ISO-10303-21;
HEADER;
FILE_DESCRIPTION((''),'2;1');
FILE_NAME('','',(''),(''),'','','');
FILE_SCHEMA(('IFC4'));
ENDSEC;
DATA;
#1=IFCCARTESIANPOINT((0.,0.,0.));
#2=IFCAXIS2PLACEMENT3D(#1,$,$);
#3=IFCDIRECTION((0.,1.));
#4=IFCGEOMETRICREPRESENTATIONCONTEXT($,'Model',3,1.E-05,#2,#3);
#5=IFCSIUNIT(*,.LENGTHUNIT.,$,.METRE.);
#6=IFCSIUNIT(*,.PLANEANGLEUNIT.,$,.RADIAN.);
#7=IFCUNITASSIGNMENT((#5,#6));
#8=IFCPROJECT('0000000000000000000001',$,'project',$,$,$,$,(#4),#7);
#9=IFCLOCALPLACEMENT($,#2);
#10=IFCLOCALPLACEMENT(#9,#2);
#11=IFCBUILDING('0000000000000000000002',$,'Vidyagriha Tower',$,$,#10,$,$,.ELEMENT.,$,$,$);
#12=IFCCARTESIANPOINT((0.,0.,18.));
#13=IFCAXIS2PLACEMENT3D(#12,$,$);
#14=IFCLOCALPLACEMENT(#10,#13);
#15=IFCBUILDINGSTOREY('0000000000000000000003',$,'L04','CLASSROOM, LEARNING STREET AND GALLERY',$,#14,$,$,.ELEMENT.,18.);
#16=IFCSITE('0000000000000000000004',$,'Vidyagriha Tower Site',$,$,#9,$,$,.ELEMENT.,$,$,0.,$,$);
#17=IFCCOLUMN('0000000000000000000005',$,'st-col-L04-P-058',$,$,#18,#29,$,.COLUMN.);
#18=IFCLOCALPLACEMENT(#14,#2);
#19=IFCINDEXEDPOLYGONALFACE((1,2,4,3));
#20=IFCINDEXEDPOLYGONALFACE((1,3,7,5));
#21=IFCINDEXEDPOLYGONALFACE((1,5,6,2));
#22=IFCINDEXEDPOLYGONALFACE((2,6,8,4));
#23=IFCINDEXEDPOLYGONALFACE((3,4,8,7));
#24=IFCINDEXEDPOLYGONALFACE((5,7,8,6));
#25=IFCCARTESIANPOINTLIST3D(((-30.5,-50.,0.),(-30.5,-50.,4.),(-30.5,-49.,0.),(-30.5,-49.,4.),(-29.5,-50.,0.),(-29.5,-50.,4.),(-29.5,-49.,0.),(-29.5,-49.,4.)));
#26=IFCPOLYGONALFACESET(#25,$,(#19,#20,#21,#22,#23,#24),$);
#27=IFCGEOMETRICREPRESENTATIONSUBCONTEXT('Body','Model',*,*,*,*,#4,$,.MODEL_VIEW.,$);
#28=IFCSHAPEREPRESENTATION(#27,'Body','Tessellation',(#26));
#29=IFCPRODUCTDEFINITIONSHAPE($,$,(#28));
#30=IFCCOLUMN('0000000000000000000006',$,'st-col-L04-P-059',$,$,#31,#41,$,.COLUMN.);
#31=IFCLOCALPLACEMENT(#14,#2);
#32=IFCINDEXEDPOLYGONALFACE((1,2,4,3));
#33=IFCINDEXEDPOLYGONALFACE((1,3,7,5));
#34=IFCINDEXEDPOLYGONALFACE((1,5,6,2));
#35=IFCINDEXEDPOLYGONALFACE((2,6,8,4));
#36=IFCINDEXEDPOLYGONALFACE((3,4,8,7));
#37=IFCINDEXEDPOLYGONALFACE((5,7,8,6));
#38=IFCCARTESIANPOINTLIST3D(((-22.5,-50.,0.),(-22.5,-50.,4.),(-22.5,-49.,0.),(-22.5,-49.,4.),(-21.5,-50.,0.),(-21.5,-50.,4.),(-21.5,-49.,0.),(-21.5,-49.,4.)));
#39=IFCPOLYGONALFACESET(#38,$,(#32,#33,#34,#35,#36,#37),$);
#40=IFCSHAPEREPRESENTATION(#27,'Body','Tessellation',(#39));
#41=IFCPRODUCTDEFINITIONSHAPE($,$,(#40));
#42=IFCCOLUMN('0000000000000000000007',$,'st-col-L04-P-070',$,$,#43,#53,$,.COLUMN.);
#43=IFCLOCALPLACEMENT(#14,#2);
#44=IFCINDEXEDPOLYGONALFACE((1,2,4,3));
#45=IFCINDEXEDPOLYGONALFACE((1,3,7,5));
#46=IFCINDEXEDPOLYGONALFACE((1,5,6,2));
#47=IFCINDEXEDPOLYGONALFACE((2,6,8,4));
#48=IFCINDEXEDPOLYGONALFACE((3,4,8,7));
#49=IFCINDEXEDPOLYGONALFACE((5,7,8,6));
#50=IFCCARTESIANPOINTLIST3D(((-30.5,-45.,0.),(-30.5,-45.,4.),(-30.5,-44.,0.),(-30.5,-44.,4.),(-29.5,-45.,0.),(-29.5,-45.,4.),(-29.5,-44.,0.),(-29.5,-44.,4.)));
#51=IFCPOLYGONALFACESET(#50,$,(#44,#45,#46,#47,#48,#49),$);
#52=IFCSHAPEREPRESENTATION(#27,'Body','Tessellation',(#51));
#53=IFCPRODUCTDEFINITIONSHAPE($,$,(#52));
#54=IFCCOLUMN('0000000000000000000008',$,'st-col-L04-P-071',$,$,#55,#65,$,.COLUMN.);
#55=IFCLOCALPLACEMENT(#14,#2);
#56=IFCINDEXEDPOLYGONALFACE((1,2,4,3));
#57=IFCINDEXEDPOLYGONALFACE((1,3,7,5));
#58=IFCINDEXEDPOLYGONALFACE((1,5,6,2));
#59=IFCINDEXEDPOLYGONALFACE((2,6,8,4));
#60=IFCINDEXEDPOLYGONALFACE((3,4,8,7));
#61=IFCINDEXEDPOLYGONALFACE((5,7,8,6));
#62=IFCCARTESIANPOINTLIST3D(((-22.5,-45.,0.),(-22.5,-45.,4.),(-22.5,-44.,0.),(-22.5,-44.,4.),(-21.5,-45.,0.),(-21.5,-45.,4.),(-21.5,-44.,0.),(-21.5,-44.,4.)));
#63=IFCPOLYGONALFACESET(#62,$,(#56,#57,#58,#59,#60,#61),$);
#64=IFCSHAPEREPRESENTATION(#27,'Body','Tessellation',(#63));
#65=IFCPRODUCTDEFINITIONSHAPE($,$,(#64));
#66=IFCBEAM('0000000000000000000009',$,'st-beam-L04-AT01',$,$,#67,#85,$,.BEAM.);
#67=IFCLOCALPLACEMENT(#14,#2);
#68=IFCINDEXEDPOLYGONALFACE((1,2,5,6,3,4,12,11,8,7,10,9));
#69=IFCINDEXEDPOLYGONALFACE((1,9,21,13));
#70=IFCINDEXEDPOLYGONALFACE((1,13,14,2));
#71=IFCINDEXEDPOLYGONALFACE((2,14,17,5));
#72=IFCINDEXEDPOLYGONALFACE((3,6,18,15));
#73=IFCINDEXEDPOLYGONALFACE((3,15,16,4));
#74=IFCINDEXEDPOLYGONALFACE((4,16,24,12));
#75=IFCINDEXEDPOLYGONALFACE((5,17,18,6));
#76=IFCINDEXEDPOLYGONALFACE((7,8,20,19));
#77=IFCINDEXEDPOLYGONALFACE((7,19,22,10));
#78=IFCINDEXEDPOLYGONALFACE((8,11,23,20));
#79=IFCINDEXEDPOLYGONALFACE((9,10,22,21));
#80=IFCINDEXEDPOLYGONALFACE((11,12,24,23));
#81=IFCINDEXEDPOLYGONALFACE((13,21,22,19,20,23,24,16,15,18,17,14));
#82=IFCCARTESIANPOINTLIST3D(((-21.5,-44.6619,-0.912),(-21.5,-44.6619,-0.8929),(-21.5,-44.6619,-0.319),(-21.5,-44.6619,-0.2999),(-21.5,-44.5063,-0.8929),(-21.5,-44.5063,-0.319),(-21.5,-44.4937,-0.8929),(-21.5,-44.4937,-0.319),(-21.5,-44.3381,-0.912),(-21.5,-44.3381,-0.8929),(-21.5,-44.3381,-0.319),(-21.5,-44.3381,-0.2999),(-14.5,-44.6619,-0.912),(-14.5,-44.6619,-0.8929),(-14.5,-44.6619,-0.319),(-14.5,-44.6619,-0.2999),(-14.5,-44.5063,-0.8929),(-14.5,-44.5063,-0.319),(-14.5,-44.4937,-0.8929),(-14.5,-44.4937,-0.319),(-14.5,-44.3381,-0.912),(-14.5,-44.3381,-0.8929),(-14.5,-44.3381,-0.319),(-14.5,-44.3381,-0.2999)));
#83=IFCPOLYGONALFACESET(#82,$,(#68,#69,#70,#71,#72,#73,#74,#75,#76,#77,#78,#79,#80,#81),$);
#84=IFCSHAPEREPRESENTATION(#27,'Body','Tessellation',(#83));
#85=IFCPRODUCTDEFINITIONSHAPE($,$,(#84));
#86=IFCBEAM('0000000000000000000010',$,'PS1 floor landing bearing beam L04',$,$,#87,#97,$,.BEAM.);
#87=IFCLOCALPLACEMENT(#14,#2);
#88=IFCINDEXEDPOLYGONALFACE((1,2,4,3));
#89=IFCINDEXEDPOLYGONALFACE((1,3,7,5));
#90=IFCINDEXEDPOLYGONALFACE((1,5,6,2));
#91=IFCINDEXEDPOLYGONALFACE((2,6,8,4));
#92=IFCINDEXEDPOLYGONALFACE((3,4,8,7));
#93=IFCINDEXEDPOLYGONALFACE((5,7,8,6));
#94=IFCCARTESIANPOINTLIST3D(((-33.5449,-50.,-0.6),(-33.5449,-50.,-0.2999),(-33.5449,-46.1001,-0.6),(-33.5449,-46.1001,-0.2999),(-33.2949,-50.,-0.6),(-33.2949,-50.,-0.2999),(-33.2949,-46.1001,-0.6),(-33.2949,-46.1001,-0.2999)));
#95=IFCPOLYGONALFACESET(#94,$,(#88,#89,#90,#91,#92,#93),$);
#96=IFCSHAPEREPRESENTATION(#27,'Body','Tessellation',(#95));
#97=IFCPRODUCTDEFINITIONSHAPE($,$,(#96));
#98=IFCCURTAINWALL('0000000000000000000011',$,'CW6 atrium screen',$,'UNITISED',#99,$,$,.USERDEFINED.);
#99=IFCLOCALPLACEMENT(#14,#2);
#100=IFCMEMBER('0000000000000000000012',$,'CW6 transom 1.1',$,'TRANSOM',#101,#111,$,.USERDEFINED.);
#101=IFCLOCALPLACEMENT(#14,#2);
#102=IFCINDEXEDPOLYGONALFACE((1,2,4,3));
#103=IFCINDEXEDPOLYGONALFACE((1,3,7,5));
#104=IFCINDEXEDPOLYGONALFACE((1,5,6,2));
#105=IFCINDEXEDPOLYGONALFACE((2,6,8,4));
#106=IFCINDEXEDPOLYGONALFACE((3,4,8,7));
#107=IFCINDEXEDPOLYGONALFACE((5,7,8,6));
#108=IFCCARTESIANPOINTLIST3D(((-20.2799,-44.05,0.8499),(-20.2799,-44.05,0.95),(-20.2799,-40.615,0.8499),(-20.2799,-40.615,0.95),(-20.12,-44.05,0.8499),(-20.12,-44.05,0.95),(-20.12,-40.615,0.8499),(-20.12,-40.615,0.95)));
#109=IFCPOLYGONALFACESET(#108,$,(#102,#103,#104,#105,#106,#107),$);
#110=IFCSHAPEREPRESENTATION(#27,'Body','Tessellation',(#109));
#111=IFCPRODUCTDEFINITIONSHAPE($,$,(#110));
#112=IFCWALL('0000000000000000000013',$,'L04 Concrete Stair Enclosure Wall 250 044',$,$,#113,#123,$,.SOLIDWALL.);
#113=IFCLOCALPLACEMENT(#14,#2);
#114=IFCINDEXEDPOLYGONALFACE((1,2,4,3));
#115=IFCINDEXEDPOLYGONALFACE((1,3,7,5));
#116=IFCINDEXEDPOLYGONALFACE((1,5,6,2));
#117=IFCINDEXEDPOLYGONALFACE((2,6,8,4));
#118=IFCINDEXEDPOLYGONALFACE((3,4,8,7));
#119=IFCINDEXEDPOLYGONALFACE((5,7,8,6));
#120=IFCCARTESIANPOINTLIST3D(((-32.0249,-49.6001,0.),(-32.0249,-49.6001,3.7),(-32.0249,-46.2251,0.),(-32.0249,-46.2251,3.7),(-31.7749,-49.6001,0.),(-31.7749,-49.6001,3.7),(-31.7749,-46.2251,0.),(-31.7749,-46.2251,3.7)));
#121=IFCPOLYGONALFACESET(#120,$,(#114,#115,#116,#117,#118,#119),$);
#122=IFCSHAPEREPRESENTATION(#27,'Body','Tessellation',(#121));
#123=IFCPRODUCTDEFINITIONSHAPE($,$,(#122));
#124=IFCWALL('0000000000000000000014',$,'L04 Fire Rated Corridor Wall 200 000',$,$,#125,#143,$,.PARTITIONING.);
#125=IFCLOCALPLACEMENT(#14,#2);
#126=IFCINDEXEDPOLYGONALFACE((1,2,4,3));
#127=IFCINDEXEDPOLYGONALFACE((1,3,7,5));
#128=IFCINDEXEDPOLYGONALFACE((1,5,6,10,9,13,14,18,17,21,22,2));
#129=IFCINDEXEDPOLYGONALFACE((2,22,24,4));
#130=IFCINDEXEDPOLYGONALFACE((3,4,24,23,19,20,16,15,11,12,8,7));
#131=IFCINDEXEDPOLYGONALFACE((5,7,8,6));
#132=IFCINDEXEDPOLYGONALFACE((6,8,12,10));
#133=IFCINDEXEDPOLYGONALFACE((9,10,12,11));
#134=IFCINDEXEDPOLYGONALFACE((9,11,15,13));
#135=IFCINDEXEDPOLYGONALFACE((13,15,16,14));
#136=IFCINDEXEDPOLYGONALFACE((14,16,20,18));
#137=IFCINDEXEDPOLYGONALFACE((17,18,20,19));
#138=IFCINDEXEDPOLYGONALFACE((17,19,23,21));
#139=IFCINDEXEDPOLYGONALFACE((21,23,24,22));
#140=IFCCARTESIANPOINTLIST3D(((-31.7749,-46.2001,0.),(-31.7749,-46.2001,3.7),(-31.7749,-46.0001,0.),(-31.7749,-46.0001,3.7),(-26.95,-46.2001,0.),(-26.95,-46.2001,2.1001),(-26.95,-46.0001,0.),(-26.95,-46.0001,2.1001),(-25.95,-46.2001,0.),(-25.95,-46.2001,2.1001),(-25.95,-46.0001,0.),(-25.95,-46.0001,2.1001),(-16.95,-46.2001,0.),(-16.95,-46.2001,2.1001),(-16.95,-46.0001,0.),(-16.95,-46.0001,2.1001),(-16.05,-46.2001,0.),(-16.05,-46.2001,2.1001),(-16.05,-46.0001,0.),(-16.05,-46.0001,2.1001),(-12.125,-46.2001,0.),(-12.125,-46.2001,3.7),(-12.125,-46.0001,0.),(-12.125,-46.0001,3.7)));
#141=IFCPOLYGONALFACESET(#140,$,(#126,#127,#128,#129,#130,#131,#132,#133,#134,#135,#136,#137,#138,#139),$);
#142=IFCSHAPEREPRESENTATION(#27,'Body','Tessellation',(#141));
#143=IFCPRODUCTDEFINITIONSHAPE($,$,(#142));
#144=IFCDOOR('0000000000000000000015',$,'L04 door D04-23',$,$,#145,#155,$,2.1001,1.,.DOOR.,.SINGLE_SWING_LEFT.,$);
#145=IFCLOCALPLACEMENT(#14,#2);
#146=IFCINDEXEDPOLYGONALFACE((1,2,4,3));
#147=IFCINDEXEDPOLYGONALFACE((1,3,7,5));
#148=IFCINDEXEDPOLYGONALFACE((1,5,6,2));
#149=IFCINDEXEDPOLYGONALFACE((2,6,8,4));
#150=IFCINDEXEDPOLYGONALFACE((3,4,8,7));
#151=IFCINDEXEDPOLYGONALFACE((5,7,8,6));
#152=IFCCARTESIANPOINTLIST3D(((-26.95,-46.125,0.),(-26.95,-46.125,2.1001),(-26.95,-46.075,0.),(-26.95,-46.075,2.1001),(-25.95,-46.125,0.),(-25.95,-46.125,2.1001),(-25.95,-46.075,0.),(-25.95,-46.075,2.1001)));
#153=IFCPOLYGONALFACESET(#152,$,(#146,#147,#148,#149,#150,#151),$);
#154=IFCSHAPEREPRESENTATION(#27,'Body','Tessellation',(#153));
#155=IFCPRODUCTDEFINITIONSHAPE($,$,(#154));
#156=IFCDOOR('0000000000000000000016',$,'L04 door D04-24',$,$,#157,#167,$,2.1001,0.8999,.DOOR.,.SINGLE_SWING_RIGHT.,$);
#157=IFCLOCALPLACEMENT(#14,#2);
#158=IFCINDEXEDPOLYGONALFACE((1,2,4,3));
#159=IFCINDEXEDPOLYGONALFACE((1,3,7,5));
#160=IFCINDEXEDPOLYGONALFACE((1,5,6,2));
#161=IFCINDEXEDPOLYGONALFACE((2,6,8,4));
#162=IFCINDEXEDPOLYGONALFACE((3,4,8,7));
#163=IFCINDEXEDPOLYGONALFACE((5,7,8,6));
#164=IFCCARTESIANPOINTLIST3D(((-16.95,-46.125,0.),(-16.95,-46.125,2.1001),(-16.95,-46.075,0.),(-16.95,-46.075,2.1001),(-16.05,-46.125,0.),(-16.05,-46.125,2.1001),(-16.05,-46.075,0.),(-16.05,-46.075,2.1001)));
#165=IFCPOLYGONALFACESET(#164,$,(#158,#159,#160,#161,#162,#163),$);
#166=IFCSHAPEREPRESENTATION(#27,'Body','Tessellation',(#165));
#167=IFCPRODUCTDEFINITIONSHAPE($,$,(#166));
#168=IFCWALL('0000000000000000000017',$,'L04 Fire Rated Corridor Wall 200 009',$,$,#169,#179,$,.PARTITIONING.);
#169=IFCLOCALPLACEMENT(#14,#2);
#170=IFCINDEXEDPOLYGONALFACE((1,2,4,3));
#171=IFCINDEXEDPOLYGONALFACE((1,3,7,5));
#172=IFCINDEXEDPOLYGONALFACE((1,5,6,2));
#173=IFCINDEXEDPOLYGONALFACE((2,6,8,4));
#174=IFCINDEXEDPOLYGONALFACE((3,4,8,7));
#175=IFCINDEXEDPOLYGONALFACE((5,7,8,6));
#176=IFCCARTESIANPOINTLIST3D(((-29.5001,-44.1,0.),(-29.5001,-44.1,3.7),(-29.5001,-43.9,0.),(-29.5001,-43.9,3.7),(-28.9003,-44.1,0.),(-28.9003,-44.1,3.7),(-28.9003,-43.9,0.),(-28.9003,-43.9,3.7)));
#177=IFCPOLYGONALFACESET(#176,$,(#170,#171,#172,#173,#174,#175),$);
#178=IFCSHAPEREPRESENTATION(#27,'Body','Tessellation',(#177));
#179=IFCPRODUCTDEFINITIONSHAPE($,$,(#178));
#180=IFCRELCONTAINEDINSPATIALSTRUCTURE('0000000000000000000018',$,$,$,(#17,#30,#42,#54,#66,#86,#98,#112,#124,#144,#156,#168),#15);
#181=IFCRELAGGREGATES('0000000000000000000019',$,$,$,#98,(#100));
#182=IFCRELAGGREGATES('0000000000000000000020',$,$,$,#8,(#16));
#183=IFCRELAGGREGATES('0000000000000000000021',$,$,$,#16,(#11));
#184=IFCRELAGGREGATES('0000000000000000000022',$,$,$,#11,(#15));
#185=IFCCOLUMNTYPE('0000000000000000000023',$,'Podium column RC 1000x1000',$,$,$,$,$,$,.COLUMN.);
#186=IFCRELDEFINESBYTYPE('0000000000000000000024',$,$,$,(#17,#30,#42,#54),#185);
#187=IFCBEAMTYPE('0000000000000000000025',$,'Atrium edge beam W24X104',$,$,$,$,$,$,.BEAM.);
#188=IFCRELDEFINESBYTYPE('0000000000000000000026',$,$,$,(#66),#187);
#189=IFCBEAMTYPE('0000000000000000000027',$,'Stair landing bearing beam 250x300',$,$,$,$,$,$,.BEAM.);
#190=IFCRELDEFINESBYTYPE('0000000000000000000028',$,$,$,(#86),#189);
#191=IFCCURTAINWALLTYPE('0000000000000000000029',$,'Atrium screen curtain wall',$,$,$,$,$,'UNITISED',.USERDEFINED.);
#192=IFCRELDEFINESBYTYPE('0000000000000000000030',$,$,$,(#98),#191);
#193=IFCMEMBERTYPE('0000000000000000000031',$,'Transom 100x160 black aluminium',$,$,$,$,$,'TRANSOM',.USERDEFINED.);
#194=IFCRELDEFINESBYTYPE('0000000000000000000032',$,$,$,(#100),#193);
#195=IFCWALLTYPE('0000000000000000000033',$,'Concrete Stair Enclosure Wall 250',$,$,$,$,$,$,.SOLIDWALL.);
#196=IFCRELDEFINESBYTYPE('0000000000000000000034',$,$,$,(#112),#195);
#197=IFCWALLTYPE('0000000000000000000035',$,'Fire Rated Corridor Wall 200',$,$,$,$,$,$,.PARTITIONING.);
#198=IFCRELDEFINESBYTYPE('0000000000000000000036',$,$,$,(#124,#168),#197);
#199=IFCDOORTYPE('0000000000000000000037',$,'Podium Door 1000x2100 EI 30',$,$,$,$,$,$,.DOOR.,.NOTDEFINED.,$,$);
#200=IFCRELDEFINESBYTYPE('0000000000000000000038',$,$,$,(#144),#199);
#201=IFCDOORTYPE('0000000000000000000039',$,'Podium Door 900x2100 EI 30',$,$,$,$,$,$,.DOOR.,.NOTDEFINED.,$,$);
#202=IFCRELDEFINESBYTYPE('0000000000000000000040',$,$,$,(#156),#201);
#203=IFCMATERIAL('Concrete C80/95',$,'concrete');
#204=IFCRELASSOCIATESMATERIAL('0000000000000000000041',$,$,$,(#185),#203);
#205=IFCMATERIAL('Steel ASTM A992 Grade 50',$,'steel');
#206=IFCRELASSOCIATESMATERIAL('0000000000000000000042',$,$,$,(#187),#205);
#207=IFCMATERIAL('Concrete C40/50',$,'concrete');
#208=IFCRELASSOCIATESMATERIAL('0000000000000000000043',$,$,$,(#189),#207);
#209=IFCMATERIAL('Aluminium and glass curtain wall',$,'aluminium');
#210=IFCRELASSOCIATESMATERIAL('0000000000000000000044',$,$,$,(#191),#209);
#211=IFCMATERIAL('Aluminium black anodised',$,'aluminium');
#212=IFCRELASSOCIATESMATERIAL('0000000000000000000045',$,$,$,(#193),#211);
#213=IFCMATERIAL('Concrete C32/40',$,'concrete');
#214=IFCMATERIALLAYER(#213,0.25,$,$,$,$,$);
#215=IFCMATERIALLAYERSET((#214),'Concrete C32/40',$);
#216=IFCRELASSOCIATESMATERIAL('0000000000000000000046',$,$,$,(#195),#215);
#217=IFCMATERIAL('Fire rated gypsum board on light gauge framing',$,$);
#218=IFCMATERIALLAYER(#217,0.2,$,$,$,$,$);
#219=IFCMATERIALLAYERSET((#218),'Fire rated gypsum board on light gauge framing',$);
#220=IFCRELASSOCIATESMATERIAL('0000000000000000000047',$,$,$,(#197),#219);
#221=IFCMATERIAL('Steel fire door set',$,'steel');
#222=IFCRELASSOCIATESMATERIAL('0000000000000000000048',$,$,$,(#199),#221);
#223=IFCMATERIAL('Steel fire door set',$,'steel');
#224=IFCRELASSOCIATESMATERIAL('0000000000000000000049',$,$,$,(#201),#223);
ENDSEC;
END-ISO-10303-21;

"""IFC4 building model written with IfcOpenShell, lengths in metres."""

from ifc_helpers import new_model, si_unit, direction, frame, frame_2d, origin, origin_2d, place, context, subcontext, project, spatial, rectangle, i_section, extrude, material, layer, layer_set, material_profile, profile_set, type_object, element, fill, aggregate, save


model = new_model("IFC4")

# Units and contexts
model_context = context("Model", 3, precision=1e-05, world=origin(), true_north=direction((0.0, 1.0)))
body_context = subcontext(model_context, "Body", "Model", "MODEL_VIEW")
ifc_project = project(units=[si_unit("LENGTHUNIT", "METRE"), si_unit("PLANEANGLEUNIT", "RADIAN")], contexts=[model_context])

# Site, building, storey
site_placement = place(None, origin())
site = spatial("IfcSite", under=ifc_project, at=site_placement, Name="Vidyagriha Tower Site", CompositionType="ELEMENT", RefElevation=0.0)
building_placement = place(site_placement, origin())
building = spatial("IfcBuilding", under=site, at=building_placement, Name="Vidyagriha Tower", CompositionType="ELEMENT")
storey_placement = place(building_placement, frame((0.0, 0.0, 18.0)))
storey = spatial("IfcBuildingStorey", under=building, at=storey_placement, Name="L04", Description="CLASSROOM, LEARNING STREET AND GALLERY", CompositionType="ELEMENT", Elevation=18.0)

# Columns
ifc_material_1 = material(Name="Concrete C80/95", Category="concrete")
ifc_material_profile_1 = material_profile(ifc_material_1, rectangle(XDim=1.0, YDim=1.0, at=origin_2d()), Name="RC 1000x1000")
ifc_profile_set_1 = profile_set([ifc_material_profile_1], Name="Concrete C80/95")
column_type = type_object("IfcColumnType", Name="Podium column RC 1000x1000", PredefinedType="COLUMN", material=ifc_profile_set_1)
for number, where, name in (
    (1, (-30.0, -49.5, 0.0), "st-col-L04-P-058"),
    (2, (-22.0, -49.5, 0.0), "st-col-L04-P-059"),
    (3, (-30.0, -44.5, 0.0), "st-col-L04-P-070"),
    (4, (-22.0, -44.5, 0.0), "st-col-L04-P-071"),
):
    element("IfcColumn", number, at=place(storey_placement, frame(where)), inside=storey, type_object=column_type, Name=name, PredefinedType="COLUMN", context=body_context, shape_type="SweptSolid", body=[
        extrude(rectangle(XDim=1.0, YDim=1.0, at=origin_2d()), origin(), (0.0, 0.0, 1.0), 4.0),
    ])

# Beams
ifc_material_2 = material(Name="Steel ASTM A992 Grade 50", Category="steel")
ifc_material_profile_2 = material_profile(ifc_material_2, i_section(OverallWidth=0.3237, OverallDepth=0.6121, WebThickness=0.0127, FlangeThickness=0.019, at=origin_2d()), Name="W24X104")
ifc_profile_set_2 = profile_set([ifc_material_profile_2], Name="Steel ASTM A992 Grade 50")
beam_type_1 = type_object("IfcBeamType", Name="Atrium edge beam W24X104", PredefinedType="BEAM", material=ifc_profile_set_2)
beam_1_placement = place(storey_placement, frame((-21.5, -44.5, -0.606), z_axis=(1.0, 0.0, 0.0), x_axis=(0.0, 1.0, 0.0)))
element("IfcBeam", 5, at=beam_1_placement, inside=storey, type_object=beam_type_1, Name="st-beam-L04-AT01", PredefinedType="BEAM", context=body_context, shape_type="SweptSolid", body=[
    extrude(i_section(OverallWidth=0.3237, OverallDepth=0.6121, WebThickness=0.0127, FlangeThickness=0.019, at=origin_2d()), origin(), (0.0, 0.0, 1.0), 7.0),
])
ifc_material_3 = material(Name="Concrete C40/50", Category="concrete")
ifc_material_profile_3 = material_profile(ifc_material_3, rectangle(XDim=0.25, YDim=0.3, at=origin_2d()), Name="Stair landing bearing beam 250x300")
ifc_profile_set_3 = profile_set([ifc_material_profile_3], Name="Concrete C40/50")
beam_type_2 = type_object("IfcBeamType", Name="Stair landing bearing beam 250x300", PredefinedType="BEAM", material=ifc_profile_set_3)
beam_2_placement = place(storey_placement, frame((-33.4199, -50.0, -0.45), z_axis=(0.0, 1.0, 0.0), x_axis=(-1.0, 0.0, 0.0)))
element("IfcBeam", 6, at=beam_2_placement, inside=storey, type_object=beam_type_2, Name="PS1 floor landing bearing beam L04", PredefinedType="BEAM", context=body_context, shape_type="SweptSolid", body=[
    extrude(rectangle(XDim=0.25, YDim=0.3, at=origin_2d()), origin(), (0.0, 0.0, 1.0), 3.8999),
])

# Curtain wall, member
ifc_material_4 = material(Name="Aluminium and glass curtain wall", Category="aluminium")
curtain_wall_type = type_object("IfcCurtainWallType", Name="Atrium screen curtain wall", ElementType="UNITISED", PredefinedType="USERDEFINED", material=ifc_material_4)
curtain_wall_placement = place(storey_placement, origin())
curtain_wall = element("IfcCurtainWall", 7, at=curtain_wall_placement, inside=storey, type_object=curtain_wall_type, Name="CW6 atrium screen", ObjectType="UNITISED", PredefinedType="USERDEFINED")
ifc_material_5 = material(Name="Aluminium black anodised", Category="aluminium")
ifc_material_profile_4 = material_profile(ifc_material_5, rectangle(XDim=0.1599, YDim=0.1001, at=origin_2d()), Name="Transom 100x160 black aluminium")
ifc_profile_set_4 = profile_set([ifc_material_profile_4], Name="Aluminium black anodised")
member_type = type_object("IfcMemberType", Name="Transom 100x160 black aluminium", ElementType="TRANSOM", PredefinedType="USERDEFINED", material=ifc_profile_set_4)
member_placement = place(storey_placement, frame((-20.2, -44.05, 0.8999), z_axis=(0.0, 1.0, 0.0), x_axis=(-1.0, 0.0, 0.0)))
member = element("IfcMember", 8, at=member_placement, type_object=member_type, Name="CW6 transom 1.1", ObjectType="TRANSOM", PredefinedType="USERDEFINED", context=body_context, shape_type="SweptSolid", body=[
    extrude(rectangle(XDim=0.1599, YDim=0.1001, at=origin_2d()), origin(), (0.0, 0.0, 1.0), 3.4351),
])
aggregate(curtain_wall, [member])

# Wall
ifc_material_6 = material(Name="Concrete C32/40", Category="concrete")
ifc_layer_1 = layer(ifc_material_6, 0.25)
ifc_layer_set_1 = layer_set([ifc_layer_1], Name="Concrete C32/40")
wall_type_1 = type_object("IfcWallType", Name="Concrete Stair Enclosure Wall 250", PredefinedType="SOLIDWALL", material=ifc_layer_set_1)
wall_1_placement = place(storey_placement, frame((-31.8999, -49.6001, 0.0), z_axis=(0.0, 0.0, 1.0), x_axis=(0.0, 1.0, 0.0)))
element("IfcWall", 9, at=wall_1_placement, inside=storey, type_object=wall_type_1, Name="L04 Concrete Stair Enclosure Wall 250 044", PredefinedType="SOLIDWALL", context=body_context, shape_type="SweptSolid", body=[
    extrude(rectangle(XDim=3.375, YDim=0.25, at=frame_2d((1.6875, 0.0))), origin(), (0.0, 0.0, 1.0), 3.7),
])

# Wall, openings, doors
ifc_material_7 = material(Name="Fire rated gypsum board on light gauge framing")
ifc_layer_2 = layer(ifc_material_7, 0.2)
ifc_layer_set_2 = layer_set([ifc_layer_2], Name="Fire rated gypsum board on light gauge framing")
wall_type_2 = type_object("IfcWallType", Name="Fire Rated Corridor Wall 200", PredefinedType="PARTITIONING", material=ifc_layer_set_2)
wall_2_placement = place(storey_placement, frame((-31.7749, -46.1001, 0.0)))
wall_2 = element("IfcWall", 10, at=wall_2_placement, inside=storey, type_object=wall_type_2, Name="L04 Fire Rated Corridor Wall 200 000", PredefinedType="PARTITIONING", context=body_context, shape_type="SweptSolid", body=[
    extrude(rectangle(XDim=19.6499, YDim=0.2, at=frame_2d((9.825, 0.0))), origin(), (0.0, 0.0, 1.0), 3.7),
])
opening_1_placement = place(wall_2_placement, frame((4.825, 0.0, 0.0)))
opening_1 = element("IfcOpeningElement", 11, at=opening_1_placement, cuts=wall_2, PredefinedType="OPENING", context=body_context, shape_type="SweptSolid", body=[
    extrude(rectangle(XDim=1.0, YDim=2.1001, at=frame_2d((0.5, 1.05))), frame((0.0, 0.1099, 0.0), z_axis=(0.0, -1.0, 0.0), x_axis=(1.0, 0.0, 0.0)), (0.0, 0.0, 1.0), 0.22),
])
opening_2_placement = place(wall_2_placement, frame((14.825, 0.0, 0.0)))
opening_2 = element("IfcOpeningElement", 12, at=opening_2_placement, cuts=wall_2, PredefinedType="OPENING", context=body_context, shape_type="SweptSolid", body=[
    extrude(rectangle(XDim=0.8999, YDim=2.1001, at=frame_2d((0.45, 1.05))), frame((0.0, 0.1099, 0.0), z_axis=(0.0, -1.0, 0.0), x_axis=(1.0, 0.0, 0.0)), (0.0, 0.0, 1.0), 0.22),
])
ifc_material_8 = material(Name="Steel fire door set", Category="steel")
door_type_1 = type_object("IfcDoorType", Name="Podium Door 1000x2100 EI 30", OperationType="NOTDEFINED", PredefinedType="DOOR", material=ifc_material_8)
door_1_placement = place(opening_1_placement, frame((1.0, 0.0, 0.0), z_axis=(0.0, 0.0, 1.0), x_axis=(-1.0, 0.0, 0.0)))
door_1 = element("IfcDoor", 13, at=door_1_placement, inside=storey, type_object=door_type_1, Name="L04 door D04-23", OperationType="SINGLE_SWING_LEFT", OverallHeight=2.1001, OverallWidth=1.0, PredefinedType="DOOR", context=body_context, shape_type="SweptSolid", body=[
    extrude(rectangle(XDim=1.0, YDim=2.1001, at=frame_2d((0.5, 1.05))), frame((0.0, 0.0249, 0.0), z_axis=(0.0, -1.0, 0.0), x_axis=(1.0, 0.0, 0.0)), (0.0, 0.0, 1.0), 0.05),
])
fill(opening_1, door_1)
ifc_material_9 = material(Name="Steel fire door set", Category="steel")
door_type_2 = type_object("IfcDoorType", Name="Podium Door 900x2100 EI 30", OperationType="NOTDEFINED", PredefinedType="DOOR", material=ifc_material_9)
door_2_placement = place(opening_2_placement, frame((0.8999, 0.0, 0.0), z_axis=(0.0, 0.0, 1.0), x_axis=(-1.0, 0.0, 0.0)))
door_2 = element("IfcDoor", 14, at=door_2_placement, inside=storey, type_object=door_type_2, Name="L04 door D04-24", OperationType="SINGLE_SWING_RIGHT", OverallHeight=2.1001, OverallWidth=0.8999, PredefinedType="DOOR", context=body_context, shape_type="SweptSolid", body=[
    extrude(rectangle(XDim=0.8999, YDim=2.1001, at=frame_2d((0.45, 1.05))), frame((0.0, 0.0249, 0.0), z_axis=(0.0, -1.0, 0.0), x_axis=(1.0, 0.0, 0.0)), (0.0, 0.0, 1.0), 0.05),
])
fill(opening_2, door_2)

# Wall
wall_3_placement = place(storey_placement, frame((-29.5, -44.0, 0.0)))
element("IfcWall", 15, at=wall_3_placement, inside=storey, type_object=wall_type_2, Name="L04 Fire Rated Corridor Wall 200 009", PredefinedType="PARTITIONING", context=body_context, shape_type="SweptSolid", body=[
    extrude(rectangle(XDim=0.5999, YDim=0.2, at=frame_2d((0.2998, 0.0))), origin(), (0.0, 0.0, 1.0), 3.7),
])

save(model, "model.ifc")
